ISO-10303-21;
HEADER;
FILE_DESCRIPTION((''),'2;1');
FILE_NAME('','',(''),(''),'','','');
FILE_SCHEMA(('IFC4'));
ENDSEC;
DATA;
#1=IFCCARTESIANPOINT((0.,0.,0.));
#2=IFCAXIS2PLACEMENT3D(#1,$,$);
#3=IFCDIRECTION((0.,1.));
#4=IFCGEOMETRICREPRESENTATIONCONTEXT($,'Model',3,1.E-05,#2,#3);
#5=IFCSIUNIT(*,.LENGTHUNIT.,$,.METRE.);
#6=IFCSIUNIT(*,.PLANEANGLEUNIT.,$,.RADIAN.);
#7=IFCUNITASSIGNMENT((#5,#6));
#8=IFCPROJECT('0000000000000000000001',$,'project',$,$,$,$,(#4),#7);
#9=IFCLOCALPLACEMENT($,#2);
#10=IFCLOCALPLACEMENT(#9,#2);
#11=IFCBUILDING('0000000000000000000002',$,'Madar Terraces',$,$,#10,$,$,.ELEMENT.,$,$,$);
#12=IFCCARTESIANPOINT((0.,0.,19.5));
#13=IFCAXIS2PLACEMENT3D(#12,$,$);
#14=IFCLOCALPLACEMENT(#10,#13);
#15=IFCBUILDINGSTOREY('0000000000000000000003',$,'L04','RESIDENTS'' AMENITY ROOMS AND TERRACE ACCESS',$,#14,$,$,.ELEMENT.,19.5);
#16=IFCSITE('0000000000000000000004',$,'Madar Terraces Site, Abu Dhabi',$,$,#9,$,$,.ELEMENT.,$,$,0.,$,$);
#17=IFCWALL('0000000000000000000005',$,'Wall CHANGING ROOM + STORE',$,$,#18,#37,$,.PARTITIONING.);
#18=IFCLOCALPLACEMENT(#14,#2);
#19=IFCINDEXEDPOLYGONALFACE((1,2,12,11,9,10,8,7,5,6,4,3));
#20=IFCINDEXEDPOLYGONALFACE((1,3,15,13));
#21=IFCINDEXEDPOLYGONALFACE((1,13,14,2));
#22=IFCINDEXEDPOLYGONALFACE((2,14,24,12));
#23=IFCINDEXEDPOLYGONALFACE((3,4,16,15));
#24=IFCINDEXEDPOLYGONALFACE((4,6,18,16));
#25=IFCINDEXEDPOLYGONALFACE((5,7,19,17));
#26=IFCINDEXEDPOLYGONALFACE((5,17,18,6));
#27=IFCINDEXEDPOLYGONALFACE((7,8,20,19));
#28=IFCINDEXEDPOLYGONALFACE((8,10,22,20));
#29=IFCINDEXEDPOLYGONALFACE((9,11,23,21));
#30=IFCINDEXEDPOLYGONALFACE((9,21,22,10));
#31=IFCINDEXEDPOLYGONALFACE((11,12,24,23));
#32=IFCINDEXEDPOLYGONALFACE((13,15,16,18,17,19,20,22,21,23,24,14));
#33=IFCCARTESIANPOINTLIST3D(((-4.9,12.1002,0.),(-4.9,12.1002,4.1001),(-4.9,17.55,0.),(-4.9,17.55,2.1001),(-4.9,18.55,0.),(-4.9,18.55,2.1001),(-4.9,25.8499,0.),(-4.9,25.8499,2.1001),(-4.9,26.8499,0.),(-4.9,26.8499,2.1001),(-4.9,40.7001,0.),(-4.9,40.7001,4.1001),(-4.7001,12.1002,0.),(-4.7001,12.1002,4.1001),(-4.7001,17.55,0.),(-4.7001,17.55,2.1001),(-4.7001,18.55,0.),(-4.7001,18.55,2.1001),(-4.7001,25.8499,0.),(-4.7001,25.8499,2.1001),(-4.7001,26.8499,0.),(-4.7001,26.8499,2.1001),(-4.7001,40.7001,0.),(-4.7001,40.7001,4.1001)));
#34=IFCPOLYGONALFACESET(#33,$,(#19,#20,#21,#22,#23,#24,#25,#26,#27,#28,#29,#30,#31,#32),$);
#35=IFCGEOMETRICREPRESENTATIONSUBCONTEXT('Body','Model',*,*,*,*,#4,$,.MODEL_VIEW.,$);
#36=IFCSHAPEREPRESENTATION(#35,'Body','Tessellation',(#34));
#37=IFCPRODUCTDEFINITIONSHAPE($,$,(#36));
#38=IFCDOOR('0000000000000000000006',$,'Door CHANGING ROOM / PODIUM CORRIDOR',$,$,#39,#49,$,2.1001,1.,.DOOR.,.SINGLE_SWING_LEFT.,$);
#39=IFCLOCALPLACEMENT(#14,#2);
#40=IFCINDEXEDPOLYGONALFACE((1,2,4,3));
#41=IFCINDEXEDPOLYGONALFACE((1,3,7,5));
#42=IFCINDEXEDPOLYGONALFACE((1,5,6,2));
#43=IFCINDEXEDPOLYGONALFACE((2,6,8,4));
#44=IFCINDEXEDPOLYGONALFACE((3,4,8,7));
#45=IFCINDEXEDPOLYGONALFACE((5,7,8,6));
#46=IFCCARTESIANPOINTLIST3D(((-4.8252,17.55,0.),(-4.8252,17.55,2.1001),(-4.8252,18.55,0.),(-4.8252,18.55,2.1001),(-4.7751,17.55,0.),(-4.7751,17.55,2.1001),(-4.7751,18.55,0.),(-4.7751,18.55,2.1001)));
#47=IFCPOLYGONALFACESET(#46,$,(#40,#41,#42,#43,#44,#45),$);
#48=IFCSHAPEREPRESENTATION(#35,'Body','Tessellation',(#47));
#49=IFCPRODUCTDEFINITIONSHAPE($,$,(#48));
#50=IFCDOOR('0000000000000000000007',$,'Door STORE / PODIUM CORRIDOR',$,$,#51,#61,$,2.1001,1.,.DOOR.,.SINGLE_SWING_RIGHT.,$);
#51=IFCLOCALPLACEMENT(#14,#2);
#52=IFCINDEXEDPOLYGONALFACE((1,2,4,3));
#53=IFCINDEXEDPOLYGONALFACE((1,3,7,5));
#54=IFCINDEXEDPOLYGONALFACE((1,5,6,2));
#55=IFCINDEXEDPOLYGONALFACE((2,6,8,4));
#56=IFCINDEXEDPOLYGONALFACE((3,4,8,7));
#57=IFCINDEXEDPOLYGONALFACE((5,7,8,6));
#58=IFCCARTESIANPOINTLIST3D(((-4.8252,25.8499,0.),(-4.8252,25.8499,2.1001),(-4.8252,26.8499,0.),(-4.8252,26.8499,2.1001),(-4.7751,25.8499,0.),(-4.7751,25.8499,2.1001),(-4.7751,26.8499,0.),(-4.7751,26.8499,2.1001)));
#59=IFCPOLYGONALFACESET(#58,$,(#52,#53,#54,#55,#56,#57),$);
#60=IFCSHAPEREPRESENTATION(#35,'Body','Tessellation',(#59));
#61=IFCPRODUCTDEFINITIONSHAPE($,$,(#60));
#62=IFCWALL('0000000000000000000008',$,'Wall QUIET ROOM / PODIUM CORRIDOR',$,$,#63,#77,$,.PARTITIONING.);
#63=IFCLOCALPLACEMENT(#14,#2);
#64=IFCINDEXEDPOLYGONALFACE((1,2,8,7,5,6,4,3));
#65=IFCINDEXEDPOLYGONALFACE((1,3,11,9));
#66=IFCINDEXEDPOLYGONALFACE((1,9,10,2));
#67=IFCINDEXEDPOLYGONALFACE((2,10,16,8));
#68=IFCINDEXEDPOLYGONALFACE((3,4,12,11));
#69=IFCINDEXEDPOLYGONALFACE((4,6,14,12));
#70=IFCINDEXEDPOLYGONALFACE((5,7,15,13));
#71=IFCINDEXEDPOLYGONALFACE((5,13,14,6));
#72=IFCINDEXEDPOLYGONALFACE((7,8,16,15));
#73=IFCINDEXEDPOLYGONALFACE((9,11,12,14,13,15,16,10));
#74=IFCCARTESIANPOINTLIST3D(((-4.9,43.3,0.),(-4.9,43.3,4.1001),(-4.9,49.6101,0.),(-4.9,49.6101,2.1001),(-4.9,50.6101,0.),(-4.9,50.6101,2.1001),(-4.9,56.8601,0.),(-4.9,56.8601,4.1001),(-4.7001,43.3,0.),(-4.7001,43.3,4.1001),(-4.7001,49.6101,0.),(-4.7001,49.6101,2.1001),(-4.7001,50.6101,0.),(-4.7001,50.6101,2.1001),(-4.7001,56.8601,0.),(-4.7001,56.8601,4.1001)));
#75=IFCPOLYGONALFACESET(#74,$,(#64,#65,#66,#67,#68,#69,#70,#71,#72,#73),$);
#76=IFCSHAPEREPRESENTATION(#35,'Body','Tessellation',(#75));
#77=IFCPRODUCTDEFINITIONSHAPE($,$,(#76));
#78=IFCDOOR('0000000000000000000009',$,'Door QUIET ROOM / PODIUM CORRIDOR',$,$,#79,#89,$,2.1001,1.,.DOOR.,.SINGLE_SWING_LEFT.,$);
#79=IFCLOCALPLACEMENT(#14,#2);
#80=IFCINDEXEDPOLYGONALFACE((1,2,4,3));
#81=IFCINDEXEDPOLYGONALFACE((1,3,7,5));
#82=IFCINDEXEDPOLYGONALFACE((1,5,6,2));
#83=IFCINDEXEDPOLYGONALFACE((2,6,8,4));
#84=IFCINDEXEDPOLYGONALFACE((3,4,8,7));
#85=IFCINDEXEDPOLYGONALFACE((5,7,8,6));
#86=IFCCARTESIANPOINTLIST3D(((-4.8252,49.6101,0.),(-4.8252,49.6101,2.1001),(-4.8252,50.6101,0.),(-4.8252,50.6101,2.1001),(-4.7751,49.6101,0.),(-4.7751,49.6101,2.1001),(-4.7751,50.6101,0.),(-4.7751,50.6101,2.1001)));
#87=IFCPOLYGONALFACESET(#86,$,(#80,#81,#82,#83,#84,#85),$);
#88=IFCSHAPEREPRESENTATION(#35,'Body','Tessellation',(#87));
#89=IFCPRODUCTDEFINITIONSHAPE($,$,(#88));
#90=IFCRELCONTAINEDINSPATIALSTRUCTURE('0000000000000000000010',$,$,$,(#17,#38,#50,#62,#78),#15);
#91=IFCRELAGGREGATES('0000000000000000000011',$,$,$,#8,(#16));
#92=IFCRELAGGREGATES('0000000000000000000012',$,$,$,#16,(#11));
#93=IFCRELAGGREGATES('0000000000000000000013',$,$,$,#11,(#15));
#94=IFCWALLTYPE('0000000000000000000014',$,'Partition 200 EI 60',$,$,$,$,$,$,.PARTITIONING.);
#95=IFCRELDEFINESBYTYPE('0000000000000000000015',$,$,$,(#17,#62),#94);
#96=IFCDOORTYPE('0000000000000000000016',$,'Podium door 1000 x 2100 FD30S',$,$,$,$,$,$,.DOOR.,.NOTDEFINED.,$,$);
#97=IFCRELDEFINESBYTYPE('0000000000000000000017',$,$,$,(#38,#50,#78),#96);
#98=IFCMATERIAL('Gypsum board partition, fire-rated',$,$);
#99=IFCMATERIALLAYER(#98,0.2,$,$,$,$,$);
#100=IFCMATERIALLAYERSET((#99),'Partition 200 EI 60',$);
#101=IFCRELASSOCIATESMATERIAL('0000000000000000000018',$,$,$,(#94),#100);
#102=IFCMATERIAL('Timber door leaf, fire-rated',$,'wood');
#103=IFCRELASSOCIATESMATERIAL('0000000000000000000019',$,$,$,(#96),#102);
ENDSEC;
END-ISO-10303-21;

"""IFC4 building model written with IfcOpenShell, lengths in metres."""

from ifc_helpers import new_model, si_unit, direction, frame, frame_2d, origin, place, context, subcontext, project, spatial, rectangle, extrude, material, layer, layer_set, type_object, element, fill, save


model = new_model("IFC4")

# Units and contexts
model_context = context("Model", 3, precision=1e-05, world=origin(), true_north=direction((0.0, 1.0)))
body_context = subcontext(model_context, "Body", "Model", "MODEL_VIEW")
ifc_project = project(units=[si_unit("LENGTHUNIT", "METRE"), si_unit("PLANEANGLEUNIT", "RADIAN")], contexts=[model_context])

# Site, building, storey
site_placement = place(None, origin())
site = spatial("IfcSite", under=ifc_project, at=site_placement, Name="Madar Terraces Site, Abu Dhabi", CompositionType="ELEMENT", RefElevation=0.0)
building_placement = place(site_placement, origin())
building = spatial("IfcBuilding", under=site, at=building_placement, Name="Madar Terraces", CompositionType="ELEMENT")
storey_placement = place(building_placement, frame((0.0, 0.0, 19.5)))
storey = spatial("IfcBuildingStorey", under=building, at=storey_placement, Name="L04", Description="RESIDENTS' AMENITY ROOMS AND TERRACE ACCESS", CompositionType="ELEMENT", Elevation=19.5)

# Shared definitions
ifc_material_1 = material(Name="Gypsum board partition, fire-rated")
ifc_layer_1 = layer(ifc_material_1, 0.2)
ifc_layer_set_1 = layer_set([ifc_layer_1], Name="Partition 200 EI 60")
wall_type = type_object("IfcWallType", Name="Partition 200 EI 60", PredefinedType="PARTITIONING", material=ifc_layer_set_1)

# Wall, openings, doors
ifc_material_2 = material(Name="Timber door leaf, fire-rated", Category="wood")
door_type = type_object("IfcDoorType", Name="Podium door 1000 x 2100 FD30S", OperationType="NOTDEFINED", PredefinedType="DOOR", material=ifc_material_2)
wall_1_placement = place(storey_placement, frame((-4.8, 40.7, 0.0), z_axis=(0.0, 0.0, 1.0), x_axis=(0.0, -1.0, 0.0)))
wall_1 = element("IfcWall", 1, at=wall_1_placement, inside=storey, type_object=wall_type, Name="Wall CHANGING ROOM + STORE", PredefinedType="PARTITIONING", context=body_context, shape_type="SweptSolid", body=[
    extrude(rectangle(XDim=28.5999, YDim=0.2, at=frame_2d((14.2998, 0.0))), origin(), (0.0, 0.0, 1.0), 4.1001),
])
opening_1_placement = place(wall_1_placement, frame((22.1499, 0.0, 0.0)))
opening_1 = element("IfcOpeningElement", 2, at=opening_1_placement, cuts=wall_1, PredefinedType="OPENING", context=body_context, shape_type="SweptSolid", body=[
    extrude(rectangle(XDim=1.0, YDim=2.1001, at=frame_2d((0.5, 1.05))), frame((0.0, 0.1099, 0.0), z_axis=(0.0, -1.0, 0.0), x_axis=(1.0, 0.0, 0.0)), (0.0, 0.0, 1.0), 0.22),
])
opening_2_placement = place(wall_1_placement, frame((13.8501, 0.0, 0.0)))
opening_2 = element("IfcOpeningElement", 3, at=opening_2_placement, cuts=wall_1, PredefinedType="OPENING", context=body_context, shape_type="SweptSolid", body=[
    extrude(rectangle(XDim=1.0, YDim=2.1001, at=frame_2d((0.5, 1.05))), frame((0.0, 0.1099, 0.0), z_axis=(0.0, -1.0, 0.0), x_axis=(1.0, 0.0, 0.0)), (0.0, 0.0, 1.0), 0.22),
])
door_1_placement = place(opening_1_placement, origin())
door_1 = element("IfcDoor", 4, at=door_1_placement, inside=storey, type_object=door_type, Name="Door CHANGING ROOM / PODIUM CORRIDOR", OperationType="SINGLE_SWING_LEFT", OverallHeight=2.1001, OverallWidth=1.0, PredefinedType="DOOR", context=body_context, shape_type="SweptSolid", body=[
    extrude(rectangle(XDim=1.0, YDim=2.1001, at=frame_2d((0.5, 1.05))), frame((0.0, 0.0249, 0.0), z_axis=(0.0, -1.0, 0.0), x_axis=(1.0, 0.0, 0.0)), (0.0, 0.0, 1.0), 0.05),
])
fill(opening_1, door_1)
door_2_placement = place(opening_2_placement, origin())
door_2 = element("IfcDoor", 5, at=door_2_placement, inside=storey, type_object=door_type, Name="Door STORE / PODIUM CORRIDOR", OperationType="SINGLE_SWING_RIGHT", OverallHeight=2.1001, OverallWidth=1.0, PredefinedType="DOOR", context=body_context, shape_type="SweptSolid", body=[
    extrude(rectangle(XDim=1.0, YDim=2.1001, at=frame_2d((0.5, 1.05))), frame((0.0, 0.0249, 0.0), z_axis=(0.0, -1.0, 0.0), x_axis=(1.0, 0.0, 0.0)), (0.0, 0.0, 1.0), 0.05),
])
fill(opening_2, door_2)

# Wall, opening, door
wall_2_placement = place(storey_placement, frame((-4.8, 56.8601, 0.0), z_axis=(0.0, 0.0, 1.0), x_axis=(0.0, -1.0, 0.0)))
wall_2 = element("IfcWall", 6, at=wall_2_placement, inside=storey, type_object=wall_type, Name="Wall QUIET ROOM / PODIUM CORRIDOR", PredefinedType="PARTITIONING", context=body_context, shape_type="SweptSolid", body=[
    extrude(rectangle(XDim=13.5601, YDim=0.2, at=frame_2d((6.78, 0.0))), origin(), (0.0, 0.0, 1.0), 4.1001),
])
opening_3_placement = place(wall_2_placement, frame((6.25, 0.0, 0.0)))
opening_3 = element("IfcOpeningElement", 7, at=opening_3_placement, cuts=wall_2, PredefinedType="OPENING", context=body_context, shape_type="SweptSolid", body=[
    extrude(rectangle(XDim=1.0, YDim=2.1001, at=frame_2d((0.5, 1.05))), frame((0.0, 0.1099, 0.0), z_axis=(0.0, -1.0, 0.0), x_axis=(1.0, 0.0, 0.0)), (0.0, 0.0, 1.0), 0.22),
])
door_3_placement = place(opening_3_placement, origin())
door_3 = element("IfcDoor", 8, at=door_3_placement, inside=storey, type_object=door_type, Name="Door QUIET ROOM / PODIUM CORRIDOR", OperationType="SINGLE_SWING_LEFT", OverallHeight=2.1001, OverallWidth=1.0, PredefinedType="DOOR", context=body_context, shape_type="SweptSolid", body=[
    extrude(rectangle(XDim=1.0, YDim=2.1001, at=frame_2d((0.5, 1.05))), frame((0.0, 0.0249, 0.0), z_axis=(0.0, -1.0, 0.0), x_axis=(1.0, 0.0, 0.0)), (0.0, 0.0, 1.0), 0.05),
])
fill(opening_3, door_3)

save(model, "model.ifc")
